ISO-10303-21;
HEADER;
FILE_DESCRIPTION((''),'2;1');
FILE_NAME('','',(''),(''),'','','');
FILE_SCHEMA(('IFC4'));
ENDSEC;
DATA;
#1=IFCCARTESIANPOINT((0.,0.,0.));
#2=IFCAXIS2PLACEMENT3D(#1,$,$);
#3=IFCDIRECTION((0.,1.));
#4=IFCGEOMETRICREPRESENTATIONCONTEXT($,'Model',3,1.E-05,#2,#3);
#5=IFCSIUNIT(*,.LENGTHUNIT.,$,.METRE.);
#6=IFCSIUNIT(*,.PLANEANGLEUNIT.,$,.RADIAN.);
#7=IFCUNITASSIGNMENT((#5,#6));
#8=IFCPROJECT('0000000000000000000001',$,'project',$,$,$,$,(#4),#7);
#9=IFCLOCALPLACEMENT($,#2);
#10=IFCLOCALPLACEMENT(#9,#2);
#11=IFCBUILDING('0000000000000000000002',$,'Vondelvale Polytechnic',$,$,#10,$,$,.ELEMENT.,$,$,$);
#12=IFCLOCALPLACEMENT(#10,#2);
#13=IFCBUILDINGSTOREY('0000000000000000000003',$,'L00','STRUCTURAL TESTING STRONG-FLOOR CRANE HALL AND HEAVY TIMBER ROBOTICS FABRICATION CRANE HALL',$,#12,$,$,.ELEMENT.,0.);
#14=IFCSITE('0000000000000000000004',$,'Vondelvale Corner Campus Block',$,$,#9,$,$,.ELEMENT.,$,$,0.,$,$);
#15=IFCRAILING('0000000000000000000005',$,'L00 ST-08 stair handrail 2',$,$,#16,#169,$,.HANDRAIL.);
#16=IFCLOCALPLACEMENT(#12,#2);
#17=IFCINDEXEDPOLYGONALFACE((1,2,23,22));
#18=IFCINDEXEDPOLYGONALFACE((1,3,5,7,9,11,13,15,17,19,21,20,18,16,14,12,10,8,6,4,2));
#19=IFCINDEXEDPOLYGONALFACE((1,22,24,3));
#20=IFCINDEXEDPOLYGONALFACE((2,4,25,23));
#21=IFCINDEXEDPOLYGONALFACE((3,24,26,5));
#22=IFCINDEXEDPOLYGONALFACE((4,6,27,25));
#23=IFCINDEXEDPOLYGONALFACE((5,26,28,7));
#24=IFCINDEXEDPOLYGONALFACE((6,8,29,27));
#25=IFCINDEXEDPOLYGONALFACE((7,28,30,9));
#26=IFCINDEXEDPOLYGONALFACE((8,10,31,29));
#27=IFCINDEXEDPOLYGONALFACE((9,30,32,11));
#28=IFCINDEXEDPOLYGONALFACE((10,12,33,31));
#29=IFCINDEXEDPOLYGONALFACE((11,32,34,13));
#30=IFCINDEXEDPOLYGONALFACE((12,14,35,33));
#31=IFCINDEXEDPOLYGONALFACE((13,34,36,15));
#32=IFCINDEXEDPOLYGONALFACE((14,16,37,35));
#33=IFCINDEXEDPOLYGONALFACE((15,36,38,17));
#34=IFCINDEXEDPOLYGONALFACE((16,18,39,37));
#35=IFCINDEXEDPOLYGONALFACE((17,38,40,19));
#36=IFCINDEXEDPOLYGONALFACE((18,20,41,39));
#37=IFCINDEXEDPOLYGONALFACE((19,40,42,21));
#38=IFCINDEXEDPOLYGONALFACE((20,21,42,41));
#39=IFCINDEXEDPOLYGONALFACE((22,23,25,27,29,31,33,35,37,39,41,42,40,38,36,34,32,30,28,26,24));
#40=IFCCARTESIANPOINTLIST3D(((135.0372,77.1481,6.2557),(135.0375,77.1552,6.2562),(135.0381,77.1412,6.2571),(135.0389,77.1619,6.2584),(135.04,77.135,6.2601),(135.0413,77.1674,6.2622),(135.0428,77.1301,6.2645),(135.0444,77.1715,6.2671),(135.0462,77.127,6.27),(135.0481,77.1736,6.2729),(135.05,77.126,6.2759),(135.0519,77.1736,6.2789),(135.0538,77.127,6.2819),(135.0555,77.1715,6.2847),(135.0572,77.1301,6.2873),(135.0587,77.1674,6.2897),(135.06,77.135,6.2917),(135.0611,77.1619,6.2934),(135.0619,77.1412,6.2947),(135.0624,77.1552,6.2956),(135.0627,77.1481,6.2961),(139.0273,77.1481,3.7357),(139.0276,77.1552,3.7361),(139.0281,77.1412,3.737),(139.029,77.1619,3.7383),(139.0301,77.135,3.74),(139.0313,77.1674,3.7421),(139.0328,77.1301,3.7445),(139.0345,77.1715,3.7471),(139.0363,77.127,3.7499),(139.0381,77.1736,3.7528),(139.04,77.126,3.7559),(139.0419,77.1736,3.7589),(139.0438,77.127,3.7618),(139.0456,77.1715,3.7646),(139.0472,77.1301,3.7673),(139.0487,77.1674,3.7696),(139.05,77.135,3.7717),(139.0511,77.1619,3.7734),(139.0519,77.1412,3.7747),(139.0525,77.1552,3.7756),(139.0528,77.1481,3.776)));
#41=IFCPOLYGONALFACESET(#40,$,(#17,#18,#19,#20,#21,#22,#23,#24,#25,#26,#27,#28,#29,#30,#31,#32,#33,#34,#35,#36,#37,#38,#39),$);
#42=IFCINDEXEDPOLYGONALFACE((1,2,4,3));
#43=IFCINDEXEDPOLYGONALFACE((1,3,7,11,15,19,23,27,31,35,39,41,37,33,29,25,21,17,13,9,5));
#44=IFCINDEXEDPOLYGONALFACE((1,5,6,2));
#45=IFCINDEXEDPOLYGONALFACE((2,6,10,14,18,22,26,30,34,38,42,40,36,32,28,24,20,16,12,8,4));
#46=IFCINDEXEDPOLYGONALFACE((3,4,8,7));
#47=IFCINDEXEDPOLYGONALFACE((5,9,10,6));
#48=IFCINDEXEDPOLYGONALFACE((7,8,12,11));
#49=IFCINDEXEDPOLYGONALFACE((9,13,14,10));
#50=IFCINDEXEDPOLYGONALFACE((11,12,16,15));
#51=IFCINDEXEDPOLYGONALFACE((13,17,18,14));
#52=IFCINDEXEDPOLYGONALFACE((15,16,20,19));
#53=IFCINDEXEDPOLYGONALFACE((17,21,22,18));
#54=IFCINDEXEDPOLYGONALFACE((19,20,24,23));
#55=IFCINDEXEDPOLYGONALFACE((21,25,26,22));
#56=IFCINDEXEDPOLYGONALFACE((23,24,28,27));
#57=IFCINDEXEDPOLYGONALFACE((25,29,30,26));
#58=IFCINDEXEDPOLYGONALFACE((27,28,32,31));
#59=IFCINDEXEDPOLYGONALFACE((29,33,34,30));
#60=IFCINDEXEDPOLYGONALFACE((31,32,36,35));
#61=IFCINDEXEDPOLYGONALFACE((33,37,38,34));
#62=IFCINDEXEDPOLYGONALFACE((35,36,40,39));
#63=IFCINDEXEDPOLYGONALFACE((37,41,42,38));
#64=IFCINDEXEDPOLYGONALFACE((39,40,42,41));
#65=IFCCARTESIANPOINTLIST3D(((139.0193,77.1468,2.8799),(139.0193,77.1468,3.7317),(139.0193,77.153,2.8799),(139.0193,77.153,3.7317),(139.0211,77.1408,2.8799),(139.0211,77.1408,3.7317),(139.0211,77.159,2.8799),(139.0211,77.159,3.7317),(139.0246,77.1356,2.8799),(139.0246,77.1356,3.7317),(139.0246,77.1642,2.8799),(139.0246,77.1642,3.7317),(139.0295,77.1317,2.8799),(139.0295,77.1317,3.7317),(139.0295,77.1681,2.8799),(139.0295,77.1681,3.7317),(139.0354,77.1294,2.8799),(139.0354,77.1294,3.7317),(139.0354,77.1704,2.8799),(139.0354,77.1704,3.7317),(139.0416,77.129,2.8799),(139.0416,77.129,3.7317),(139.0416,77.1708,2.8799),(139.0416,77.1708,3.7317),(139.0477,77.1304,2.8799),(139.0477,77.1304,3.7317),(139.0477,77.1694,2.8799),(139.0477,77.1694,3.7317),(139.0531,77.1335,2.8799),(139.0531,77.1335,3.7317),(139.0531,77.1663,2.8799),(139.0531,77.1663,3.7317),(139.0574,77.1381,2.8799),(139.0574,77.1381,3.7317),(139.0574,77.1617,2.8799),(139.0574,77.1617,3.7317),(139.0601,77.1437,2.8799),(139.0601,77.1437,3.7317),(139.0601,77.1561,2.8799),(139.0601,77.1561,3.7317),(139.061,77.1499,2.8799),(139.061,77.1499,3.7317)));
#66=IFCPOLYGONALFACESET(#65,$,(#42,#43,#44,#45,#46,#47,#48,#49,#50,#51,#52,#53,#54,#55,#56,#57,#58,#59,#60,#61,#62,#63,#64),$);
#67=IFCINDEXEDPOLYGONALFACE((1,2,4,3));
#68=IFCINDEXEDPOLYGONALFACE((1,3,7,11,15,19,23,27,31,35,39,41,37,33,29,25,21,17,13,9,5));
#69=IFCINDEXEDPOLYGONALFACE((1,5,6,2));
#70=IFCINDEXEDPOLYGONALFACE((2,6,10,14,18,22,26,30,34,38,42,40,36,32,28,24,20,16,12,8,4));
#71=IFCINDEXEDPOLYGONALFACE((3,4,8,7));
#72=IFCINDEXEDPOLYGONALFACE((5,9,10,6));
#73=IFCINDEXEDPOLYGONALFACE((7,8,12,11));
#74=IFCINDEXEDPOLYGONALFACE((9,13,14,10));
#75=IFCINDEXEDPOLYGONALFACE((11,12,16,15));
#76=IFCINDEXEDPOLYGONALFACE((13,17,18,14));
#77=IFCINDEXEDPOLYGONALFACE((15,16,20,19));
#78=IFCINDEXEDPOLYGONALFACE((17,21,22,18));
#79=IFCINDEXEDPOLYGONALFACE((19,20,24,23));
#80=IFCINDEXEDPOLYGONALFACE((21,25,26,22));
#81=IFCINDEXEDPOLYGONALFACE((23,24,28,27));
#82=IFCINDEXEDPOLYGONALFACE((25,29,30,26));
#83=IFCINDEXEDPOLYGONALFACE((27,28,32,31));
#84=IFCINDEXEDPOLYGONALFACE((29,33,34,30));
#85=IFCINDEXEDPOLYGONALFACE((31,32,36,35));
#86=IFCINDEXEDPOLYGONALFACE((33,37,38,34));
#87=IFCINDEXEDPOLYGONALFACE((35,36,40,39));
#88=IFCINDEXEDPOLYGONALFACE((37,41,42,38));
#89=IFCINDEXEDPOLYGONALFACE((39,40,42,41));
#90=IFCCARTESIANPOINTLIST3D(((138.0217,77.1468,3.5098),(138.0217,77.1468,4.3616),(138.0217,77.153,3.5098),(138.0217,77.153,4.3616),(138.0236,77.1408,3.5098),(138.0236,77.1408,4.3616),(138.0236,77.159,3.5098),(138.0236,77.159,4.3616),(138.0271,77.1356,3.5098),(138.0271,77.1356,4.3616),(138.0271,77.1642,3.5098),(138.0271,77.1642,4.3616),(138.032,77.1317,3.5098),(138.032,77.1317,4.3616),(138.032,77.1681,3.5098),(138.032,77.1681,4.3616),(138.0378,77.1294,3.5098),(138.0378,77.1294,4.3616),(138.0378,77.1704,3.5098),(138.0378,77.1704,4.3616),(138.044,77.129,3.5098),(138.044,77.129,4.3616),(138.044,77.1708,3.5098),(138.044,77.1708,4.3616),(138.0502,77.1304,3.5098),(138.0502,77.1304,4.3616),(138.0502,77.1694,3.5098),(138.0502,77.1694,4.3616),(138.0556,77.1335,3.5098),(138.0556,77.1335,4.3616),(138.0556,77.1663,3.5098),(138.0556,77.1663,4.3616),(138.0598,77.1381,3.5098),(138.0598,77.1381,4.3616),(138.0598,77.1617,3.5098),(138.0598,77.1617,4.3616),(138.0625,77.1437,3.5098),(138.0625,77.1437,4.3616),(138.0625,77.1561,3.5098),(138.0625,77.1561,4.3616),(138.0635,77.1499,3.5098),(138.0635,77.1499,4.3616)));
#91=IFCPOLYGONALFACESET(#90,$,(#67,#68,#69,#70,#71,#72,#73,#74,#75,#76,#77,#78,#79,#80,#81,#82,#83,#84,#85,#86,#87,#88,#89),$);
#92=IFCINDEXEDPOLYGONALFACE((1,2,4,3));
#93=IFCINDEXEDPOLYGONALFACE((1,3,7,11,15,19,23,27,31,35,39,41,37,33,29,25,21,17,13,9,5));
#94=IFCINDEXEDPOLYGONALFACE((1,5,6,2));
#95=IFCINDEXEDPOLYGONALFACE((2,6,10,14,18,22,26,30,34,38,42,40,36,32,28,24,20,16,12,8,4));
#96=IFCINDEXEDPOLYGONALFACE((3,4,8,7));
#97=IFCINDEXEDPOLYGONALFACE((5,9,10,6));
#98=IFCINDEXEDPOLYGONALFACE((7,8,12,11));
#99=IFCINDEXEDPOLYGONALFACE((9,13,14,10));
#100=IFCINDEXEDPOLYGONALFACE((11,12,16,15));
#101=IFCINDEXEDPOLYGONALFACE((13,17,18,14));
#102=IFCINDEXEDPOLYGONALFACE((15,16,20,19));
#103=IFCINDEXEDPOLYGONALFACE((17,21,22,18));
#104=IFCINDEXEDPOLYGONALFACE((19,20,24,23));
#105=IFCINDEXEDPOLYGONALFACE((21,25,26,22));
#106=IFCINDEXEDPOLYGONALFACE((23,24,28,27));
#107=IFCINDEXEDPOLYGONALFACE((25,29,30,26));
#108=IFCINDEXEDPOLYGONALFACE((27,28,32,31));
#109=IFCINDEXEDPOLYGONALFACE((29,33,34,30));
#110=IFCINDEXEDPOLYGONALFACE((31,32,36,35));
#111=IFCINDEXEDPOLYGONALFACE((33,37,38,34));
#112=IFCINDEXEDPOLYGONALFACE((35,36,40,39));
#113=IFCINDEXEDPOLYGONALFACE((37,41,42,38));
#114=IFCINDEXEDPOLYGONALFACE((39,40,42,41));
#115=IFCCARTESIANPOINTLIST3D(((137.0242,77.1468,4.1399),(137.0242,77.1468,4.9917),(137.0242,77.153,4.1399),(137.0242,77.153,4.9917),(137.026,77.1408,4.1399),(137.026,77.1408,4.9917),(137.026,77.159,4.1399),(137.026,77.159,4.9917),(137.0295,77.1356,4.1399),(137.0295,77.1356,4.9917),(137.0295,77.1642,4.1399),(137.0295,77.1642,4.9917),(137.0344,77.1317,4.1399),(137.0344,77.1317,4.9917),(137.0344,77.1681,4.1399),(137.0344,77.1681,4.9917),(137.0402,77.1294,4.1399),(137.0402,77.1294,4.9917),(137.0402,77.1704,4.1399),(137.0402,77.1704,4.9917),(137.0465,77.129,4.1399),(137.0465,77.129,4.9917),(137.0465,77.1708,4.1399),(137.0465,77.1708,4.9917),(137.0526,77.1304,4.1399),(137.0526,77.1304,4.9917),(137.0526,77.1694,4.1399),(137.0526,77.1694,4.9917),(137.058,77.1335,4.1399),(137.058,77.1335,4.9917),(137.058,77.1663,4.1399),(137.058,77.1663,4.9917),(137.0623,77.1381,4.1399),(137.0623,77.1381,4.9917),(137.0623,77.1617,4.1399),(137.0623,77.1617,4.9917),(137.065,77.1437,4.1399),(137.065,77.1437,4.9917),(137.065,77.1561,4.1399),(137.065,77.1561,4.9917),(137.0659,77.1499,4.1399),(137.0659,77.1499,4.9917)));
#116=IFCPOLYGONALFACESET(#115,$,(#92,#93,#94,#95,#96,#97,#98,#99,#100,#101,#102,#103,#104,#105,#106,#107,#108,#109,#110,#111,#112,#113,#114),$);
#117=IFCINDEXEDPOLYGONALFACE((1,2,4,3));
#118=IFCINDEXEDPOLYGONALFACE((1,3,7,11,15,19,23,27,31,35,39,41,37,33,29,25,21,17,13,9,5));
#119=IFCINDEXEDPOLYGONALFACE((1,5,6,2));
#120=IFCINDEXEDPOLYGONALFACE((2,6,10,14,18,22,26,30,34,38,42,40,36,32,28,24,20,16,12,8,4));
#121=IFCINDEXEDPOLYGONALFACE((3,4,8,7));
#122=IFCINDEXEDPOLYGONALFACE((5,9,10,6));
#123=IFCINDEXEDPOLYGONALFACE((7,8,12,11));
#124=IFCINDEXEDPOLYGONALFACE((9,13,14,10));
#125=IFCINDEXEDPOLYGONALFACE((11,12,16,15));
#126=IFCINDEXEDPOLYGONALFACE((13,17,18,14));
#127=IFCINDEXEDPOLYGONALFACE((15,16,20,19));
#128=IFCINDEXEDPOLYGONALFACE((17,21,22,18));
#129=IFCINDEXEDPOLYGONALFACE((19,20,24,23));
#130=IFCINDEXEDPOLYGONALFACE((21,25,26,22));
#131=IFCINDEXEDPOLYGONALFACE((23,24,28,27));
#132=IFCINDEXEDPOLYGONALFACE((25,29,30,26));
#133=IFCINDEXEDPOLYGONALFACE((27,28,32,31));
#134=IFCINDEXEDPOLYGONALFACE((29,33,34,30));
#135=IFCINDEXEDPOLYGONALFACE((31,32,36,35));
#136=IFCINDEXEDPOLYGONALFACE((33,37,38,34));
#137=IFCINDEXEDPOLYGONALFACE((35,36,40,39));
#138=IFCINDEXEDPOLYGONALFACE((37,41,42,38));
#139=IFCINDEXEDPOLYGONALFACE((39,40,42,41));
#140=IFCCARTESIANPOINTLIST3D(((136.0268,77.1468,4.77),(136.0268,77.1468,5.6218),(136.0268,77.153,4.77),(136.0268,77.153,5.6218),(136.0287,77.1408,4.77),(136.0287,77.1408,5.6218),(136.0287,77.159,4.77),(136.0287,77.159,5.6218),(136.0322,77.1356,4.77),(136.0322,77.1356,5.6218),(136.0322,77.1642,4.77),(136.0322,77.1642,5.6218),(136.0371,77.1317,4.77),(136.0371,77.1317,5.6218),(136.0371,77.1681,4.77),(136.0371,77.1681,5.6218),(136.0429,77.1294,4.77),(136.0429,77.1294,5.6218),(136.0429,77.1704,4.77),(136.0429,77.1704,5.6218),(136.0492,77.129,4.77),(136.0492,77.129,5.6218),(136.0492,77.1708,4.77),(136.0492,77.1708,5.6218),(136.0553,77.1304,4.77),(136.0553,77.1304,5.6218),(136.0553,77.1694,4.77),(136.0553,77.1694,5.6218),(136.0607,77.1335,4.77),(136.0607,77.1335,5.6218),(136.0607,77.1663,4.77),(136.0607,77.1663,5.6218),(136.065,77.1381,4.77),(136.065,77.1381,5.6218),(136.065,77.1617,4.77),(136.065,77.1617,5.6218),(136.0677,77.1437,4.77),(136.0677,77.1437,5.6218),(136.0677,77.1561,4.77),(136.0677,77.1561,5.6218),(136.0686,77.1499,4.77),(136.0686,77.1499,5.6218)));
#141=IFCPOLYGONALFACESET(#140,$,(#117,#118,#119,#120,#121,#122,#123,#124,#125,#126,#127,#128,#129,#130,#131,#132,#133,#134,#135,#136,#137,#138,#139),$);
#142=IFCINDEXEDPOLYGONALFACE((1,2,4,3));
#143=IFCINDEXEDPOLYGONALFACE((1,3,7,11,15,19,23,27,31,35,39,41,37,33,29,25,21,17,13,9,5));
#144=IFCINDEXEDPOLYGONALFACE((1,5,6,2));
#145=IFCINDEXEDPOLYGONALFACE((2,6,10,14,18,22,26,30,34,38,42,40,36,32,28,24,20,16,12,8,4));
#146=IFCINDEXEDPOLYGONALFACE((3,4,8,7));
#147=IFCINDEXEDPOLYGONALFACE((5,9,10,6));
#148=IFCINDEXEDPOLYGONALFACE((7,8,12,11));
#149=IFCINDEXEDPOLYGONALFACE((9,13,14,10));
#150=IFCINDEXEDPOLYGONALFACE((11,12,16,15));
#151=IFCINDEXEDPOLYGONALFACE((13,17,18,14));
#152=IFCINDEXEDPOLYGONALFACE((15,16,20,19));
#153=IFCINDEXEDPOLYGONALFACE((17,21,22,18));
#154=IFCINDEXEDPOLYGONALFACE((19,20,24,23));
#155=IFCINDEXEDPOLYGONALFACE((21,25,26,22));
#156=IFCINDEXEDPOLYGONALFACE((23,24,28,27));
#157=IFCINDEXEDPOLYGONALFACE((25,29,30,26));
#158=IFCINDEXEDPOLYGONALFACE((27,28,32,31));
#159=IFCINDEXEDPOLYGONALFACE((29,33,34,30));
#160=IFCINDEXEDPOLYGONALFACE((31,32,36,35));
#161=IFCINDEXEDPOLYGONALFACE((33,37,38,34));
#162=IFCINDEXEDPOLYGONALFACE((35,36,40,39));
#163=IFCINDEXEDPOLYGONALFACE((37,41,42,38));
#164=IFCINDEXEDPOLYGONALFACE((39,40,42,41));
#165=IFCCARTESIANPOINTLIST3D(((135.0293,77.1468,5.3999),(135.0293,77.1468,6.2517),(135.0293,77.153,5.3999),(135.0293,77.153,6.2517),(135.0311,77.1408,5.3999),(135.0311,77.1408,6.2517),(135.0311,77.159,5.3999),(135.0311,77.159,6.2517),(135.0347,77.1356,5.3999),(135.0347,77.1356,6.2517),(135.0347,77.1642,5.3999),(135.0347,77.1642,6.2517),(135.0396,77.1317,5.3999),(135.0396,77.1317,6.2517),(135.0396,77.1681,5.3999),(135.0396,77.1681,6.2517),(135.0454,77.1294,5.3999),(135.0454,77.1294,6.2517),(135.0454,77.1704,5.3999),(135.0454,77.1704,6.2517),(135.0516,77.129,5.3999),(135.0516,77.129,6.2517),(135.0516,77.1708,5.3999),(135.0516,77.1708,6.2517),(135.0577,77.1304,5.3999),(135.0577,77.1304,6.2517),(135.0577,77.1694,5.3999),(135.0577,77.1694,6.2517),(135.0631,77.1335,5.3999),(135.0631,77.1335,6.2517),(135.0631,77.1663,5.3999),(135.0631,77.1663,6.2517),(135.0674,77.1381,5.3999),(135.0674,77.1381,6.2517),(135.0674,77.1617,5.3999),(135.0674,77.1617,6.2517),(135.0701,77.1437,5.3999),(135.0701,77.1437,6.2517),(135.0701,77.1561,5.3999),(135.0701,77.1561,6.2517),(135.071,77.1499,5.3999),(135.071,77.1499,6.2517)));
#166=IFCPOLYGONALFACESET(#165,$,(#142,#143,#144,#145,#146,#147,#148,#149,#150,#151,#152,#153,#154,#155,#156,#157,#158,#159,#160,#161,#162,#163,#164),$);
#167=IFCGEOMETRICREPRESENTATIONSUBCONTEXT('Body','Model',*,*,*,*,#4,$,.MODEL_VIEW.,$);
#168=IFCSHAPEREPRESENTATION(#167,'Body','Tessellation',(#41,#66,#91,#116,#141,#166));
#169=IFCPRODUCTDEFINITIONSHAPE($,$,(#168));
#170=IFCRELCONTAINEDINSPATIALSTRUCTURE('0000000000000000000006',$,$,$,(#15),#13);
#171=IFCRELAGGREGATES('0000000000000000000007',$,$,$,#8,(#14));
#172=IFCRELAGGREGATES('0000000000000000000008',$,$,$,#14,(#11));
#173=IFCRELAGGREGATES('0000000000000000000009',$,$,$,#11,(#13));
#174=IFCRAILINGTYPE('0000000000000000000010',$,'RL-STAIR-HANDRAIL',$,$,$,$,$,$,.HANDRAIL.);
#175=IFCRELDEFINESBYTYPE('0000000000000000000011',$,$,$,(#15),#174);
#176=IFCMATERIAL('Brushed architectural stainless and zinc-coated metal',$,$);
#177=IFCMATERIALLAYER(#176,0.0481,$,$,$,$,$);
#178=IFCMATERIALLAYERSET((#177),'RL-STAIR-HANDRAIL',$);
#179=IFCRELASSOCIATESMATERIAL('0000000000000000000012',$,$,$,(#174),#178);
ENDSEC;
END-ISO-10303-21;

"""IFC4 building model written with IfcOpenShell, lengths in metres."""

from ifc_helpers import new_model, si_unit, direction, frame, origin, origin_2d, place, context, subcontext, project, spatial, circle, extrude, material, layer, layer_set, type_object, element, save


model = new_model("IFC4")

# Units and contexts
model_context = context("Model", 3, precision=1e-05, world=origin(), true_north=direction((0.0, 1.0)))
body_context = subcontext(model_context, "Body", "Model", "MODEL_VIEW")
ifc_project = project(units=[si_unit("LENGTHUNIT", "METRE"), si_unit("PLANEANGLEUNIT", "RADIAN")], contexts=[model_context])

# Site, building, storey
site_placement = place(None, origin())
site = spatial("IfcSite", under=ifc_project, at=site_placement, Name="Vondelvale Corner Campus Block", CompositionType="ELEMENT", RefElevation=0.0)
building_placement = place(site_placement, origin())
building = spatial("IfcBuilding", under=site, at=building_placement, Name="Vondelvale Polytechnic", CompositionType="ELEMENT")
storey_placement = place(building_placement, origin())
storey = spatial("IfcBuildingStorey", under=building, at=storey_placement, Name="L00", Description="STRUCTURAL TESTING STRONG-FLOOR CRANE HALL AND HEAVY TIMBER ROBOTICS FABRICATION CRANE HALL", CompositionType="ELEMENT", Elevation=0.0)

# Railing
ifc_material_1 = material(Name="Brushed architectural stainless and zinc-coated metal")
ifc_layer_1 = layer(ifc_material_1, 0.0481)
ifc_layer_set_1 = layer_set([ifc_layer_1], Name="RL-STAIR-HANDRAIL")
railing_type_1 = type_object("IfcRailingType", Name="RL-STAIR-HANDRAIL", PredefinedType="HANDRAIL", material=ifc_layer_set_1)
railing_1_placement = place(storey_placement, frame((139.04, 77.1499, 2.8799)))
element("IfcRailing", 1, at=railing_1_placement, inside=storey, type_object=railing_type_1, Name="L00 ST-08 stair handrail 2", PredefinedType="HANDRAIL", context=body_context, shape_type="SweptSolid", body=[
    extrude(circle(Radius=0.0239, at=origin_2d()), frame((0.0, 0.0, 0.876), z_axis=(-0.845486, 0.0, 0.533997), x_axis=(0.0, -1.0, 0.0)), (0.0, 0.0, 1.0), 4.7192),
    extrude(circle(Radius=0.021, at=origin_2d()), origin(), (0.0, 0.0, 1.0), 0.8518),
    extrude(circle(Radius=0.021, at=origin_2d()), frame((-0.9976, 0.0, 0.6299)), (0.0, 0.0, 1.0), 0.8518),
    extrude(circle(Radius=0.021, at=origin_2d()), frame((-1.9951, 0.0, 1.26)), (0.0, 0.0, 1.0), 0.8518),
    extrude(circle(Radius=0.021, at=origin_2d()), frame((-2.9924, 0.0, 1.8901)), (0.0, 0.0, 1.0), 0.8518),
    extrude(circle(Radius=0.021, at=origin_2d()), frame((-3.99, 0.0, 2.52)), (0.0, 0.0, 1.0), 0.8518),
])

save(model, "model.ifc")
